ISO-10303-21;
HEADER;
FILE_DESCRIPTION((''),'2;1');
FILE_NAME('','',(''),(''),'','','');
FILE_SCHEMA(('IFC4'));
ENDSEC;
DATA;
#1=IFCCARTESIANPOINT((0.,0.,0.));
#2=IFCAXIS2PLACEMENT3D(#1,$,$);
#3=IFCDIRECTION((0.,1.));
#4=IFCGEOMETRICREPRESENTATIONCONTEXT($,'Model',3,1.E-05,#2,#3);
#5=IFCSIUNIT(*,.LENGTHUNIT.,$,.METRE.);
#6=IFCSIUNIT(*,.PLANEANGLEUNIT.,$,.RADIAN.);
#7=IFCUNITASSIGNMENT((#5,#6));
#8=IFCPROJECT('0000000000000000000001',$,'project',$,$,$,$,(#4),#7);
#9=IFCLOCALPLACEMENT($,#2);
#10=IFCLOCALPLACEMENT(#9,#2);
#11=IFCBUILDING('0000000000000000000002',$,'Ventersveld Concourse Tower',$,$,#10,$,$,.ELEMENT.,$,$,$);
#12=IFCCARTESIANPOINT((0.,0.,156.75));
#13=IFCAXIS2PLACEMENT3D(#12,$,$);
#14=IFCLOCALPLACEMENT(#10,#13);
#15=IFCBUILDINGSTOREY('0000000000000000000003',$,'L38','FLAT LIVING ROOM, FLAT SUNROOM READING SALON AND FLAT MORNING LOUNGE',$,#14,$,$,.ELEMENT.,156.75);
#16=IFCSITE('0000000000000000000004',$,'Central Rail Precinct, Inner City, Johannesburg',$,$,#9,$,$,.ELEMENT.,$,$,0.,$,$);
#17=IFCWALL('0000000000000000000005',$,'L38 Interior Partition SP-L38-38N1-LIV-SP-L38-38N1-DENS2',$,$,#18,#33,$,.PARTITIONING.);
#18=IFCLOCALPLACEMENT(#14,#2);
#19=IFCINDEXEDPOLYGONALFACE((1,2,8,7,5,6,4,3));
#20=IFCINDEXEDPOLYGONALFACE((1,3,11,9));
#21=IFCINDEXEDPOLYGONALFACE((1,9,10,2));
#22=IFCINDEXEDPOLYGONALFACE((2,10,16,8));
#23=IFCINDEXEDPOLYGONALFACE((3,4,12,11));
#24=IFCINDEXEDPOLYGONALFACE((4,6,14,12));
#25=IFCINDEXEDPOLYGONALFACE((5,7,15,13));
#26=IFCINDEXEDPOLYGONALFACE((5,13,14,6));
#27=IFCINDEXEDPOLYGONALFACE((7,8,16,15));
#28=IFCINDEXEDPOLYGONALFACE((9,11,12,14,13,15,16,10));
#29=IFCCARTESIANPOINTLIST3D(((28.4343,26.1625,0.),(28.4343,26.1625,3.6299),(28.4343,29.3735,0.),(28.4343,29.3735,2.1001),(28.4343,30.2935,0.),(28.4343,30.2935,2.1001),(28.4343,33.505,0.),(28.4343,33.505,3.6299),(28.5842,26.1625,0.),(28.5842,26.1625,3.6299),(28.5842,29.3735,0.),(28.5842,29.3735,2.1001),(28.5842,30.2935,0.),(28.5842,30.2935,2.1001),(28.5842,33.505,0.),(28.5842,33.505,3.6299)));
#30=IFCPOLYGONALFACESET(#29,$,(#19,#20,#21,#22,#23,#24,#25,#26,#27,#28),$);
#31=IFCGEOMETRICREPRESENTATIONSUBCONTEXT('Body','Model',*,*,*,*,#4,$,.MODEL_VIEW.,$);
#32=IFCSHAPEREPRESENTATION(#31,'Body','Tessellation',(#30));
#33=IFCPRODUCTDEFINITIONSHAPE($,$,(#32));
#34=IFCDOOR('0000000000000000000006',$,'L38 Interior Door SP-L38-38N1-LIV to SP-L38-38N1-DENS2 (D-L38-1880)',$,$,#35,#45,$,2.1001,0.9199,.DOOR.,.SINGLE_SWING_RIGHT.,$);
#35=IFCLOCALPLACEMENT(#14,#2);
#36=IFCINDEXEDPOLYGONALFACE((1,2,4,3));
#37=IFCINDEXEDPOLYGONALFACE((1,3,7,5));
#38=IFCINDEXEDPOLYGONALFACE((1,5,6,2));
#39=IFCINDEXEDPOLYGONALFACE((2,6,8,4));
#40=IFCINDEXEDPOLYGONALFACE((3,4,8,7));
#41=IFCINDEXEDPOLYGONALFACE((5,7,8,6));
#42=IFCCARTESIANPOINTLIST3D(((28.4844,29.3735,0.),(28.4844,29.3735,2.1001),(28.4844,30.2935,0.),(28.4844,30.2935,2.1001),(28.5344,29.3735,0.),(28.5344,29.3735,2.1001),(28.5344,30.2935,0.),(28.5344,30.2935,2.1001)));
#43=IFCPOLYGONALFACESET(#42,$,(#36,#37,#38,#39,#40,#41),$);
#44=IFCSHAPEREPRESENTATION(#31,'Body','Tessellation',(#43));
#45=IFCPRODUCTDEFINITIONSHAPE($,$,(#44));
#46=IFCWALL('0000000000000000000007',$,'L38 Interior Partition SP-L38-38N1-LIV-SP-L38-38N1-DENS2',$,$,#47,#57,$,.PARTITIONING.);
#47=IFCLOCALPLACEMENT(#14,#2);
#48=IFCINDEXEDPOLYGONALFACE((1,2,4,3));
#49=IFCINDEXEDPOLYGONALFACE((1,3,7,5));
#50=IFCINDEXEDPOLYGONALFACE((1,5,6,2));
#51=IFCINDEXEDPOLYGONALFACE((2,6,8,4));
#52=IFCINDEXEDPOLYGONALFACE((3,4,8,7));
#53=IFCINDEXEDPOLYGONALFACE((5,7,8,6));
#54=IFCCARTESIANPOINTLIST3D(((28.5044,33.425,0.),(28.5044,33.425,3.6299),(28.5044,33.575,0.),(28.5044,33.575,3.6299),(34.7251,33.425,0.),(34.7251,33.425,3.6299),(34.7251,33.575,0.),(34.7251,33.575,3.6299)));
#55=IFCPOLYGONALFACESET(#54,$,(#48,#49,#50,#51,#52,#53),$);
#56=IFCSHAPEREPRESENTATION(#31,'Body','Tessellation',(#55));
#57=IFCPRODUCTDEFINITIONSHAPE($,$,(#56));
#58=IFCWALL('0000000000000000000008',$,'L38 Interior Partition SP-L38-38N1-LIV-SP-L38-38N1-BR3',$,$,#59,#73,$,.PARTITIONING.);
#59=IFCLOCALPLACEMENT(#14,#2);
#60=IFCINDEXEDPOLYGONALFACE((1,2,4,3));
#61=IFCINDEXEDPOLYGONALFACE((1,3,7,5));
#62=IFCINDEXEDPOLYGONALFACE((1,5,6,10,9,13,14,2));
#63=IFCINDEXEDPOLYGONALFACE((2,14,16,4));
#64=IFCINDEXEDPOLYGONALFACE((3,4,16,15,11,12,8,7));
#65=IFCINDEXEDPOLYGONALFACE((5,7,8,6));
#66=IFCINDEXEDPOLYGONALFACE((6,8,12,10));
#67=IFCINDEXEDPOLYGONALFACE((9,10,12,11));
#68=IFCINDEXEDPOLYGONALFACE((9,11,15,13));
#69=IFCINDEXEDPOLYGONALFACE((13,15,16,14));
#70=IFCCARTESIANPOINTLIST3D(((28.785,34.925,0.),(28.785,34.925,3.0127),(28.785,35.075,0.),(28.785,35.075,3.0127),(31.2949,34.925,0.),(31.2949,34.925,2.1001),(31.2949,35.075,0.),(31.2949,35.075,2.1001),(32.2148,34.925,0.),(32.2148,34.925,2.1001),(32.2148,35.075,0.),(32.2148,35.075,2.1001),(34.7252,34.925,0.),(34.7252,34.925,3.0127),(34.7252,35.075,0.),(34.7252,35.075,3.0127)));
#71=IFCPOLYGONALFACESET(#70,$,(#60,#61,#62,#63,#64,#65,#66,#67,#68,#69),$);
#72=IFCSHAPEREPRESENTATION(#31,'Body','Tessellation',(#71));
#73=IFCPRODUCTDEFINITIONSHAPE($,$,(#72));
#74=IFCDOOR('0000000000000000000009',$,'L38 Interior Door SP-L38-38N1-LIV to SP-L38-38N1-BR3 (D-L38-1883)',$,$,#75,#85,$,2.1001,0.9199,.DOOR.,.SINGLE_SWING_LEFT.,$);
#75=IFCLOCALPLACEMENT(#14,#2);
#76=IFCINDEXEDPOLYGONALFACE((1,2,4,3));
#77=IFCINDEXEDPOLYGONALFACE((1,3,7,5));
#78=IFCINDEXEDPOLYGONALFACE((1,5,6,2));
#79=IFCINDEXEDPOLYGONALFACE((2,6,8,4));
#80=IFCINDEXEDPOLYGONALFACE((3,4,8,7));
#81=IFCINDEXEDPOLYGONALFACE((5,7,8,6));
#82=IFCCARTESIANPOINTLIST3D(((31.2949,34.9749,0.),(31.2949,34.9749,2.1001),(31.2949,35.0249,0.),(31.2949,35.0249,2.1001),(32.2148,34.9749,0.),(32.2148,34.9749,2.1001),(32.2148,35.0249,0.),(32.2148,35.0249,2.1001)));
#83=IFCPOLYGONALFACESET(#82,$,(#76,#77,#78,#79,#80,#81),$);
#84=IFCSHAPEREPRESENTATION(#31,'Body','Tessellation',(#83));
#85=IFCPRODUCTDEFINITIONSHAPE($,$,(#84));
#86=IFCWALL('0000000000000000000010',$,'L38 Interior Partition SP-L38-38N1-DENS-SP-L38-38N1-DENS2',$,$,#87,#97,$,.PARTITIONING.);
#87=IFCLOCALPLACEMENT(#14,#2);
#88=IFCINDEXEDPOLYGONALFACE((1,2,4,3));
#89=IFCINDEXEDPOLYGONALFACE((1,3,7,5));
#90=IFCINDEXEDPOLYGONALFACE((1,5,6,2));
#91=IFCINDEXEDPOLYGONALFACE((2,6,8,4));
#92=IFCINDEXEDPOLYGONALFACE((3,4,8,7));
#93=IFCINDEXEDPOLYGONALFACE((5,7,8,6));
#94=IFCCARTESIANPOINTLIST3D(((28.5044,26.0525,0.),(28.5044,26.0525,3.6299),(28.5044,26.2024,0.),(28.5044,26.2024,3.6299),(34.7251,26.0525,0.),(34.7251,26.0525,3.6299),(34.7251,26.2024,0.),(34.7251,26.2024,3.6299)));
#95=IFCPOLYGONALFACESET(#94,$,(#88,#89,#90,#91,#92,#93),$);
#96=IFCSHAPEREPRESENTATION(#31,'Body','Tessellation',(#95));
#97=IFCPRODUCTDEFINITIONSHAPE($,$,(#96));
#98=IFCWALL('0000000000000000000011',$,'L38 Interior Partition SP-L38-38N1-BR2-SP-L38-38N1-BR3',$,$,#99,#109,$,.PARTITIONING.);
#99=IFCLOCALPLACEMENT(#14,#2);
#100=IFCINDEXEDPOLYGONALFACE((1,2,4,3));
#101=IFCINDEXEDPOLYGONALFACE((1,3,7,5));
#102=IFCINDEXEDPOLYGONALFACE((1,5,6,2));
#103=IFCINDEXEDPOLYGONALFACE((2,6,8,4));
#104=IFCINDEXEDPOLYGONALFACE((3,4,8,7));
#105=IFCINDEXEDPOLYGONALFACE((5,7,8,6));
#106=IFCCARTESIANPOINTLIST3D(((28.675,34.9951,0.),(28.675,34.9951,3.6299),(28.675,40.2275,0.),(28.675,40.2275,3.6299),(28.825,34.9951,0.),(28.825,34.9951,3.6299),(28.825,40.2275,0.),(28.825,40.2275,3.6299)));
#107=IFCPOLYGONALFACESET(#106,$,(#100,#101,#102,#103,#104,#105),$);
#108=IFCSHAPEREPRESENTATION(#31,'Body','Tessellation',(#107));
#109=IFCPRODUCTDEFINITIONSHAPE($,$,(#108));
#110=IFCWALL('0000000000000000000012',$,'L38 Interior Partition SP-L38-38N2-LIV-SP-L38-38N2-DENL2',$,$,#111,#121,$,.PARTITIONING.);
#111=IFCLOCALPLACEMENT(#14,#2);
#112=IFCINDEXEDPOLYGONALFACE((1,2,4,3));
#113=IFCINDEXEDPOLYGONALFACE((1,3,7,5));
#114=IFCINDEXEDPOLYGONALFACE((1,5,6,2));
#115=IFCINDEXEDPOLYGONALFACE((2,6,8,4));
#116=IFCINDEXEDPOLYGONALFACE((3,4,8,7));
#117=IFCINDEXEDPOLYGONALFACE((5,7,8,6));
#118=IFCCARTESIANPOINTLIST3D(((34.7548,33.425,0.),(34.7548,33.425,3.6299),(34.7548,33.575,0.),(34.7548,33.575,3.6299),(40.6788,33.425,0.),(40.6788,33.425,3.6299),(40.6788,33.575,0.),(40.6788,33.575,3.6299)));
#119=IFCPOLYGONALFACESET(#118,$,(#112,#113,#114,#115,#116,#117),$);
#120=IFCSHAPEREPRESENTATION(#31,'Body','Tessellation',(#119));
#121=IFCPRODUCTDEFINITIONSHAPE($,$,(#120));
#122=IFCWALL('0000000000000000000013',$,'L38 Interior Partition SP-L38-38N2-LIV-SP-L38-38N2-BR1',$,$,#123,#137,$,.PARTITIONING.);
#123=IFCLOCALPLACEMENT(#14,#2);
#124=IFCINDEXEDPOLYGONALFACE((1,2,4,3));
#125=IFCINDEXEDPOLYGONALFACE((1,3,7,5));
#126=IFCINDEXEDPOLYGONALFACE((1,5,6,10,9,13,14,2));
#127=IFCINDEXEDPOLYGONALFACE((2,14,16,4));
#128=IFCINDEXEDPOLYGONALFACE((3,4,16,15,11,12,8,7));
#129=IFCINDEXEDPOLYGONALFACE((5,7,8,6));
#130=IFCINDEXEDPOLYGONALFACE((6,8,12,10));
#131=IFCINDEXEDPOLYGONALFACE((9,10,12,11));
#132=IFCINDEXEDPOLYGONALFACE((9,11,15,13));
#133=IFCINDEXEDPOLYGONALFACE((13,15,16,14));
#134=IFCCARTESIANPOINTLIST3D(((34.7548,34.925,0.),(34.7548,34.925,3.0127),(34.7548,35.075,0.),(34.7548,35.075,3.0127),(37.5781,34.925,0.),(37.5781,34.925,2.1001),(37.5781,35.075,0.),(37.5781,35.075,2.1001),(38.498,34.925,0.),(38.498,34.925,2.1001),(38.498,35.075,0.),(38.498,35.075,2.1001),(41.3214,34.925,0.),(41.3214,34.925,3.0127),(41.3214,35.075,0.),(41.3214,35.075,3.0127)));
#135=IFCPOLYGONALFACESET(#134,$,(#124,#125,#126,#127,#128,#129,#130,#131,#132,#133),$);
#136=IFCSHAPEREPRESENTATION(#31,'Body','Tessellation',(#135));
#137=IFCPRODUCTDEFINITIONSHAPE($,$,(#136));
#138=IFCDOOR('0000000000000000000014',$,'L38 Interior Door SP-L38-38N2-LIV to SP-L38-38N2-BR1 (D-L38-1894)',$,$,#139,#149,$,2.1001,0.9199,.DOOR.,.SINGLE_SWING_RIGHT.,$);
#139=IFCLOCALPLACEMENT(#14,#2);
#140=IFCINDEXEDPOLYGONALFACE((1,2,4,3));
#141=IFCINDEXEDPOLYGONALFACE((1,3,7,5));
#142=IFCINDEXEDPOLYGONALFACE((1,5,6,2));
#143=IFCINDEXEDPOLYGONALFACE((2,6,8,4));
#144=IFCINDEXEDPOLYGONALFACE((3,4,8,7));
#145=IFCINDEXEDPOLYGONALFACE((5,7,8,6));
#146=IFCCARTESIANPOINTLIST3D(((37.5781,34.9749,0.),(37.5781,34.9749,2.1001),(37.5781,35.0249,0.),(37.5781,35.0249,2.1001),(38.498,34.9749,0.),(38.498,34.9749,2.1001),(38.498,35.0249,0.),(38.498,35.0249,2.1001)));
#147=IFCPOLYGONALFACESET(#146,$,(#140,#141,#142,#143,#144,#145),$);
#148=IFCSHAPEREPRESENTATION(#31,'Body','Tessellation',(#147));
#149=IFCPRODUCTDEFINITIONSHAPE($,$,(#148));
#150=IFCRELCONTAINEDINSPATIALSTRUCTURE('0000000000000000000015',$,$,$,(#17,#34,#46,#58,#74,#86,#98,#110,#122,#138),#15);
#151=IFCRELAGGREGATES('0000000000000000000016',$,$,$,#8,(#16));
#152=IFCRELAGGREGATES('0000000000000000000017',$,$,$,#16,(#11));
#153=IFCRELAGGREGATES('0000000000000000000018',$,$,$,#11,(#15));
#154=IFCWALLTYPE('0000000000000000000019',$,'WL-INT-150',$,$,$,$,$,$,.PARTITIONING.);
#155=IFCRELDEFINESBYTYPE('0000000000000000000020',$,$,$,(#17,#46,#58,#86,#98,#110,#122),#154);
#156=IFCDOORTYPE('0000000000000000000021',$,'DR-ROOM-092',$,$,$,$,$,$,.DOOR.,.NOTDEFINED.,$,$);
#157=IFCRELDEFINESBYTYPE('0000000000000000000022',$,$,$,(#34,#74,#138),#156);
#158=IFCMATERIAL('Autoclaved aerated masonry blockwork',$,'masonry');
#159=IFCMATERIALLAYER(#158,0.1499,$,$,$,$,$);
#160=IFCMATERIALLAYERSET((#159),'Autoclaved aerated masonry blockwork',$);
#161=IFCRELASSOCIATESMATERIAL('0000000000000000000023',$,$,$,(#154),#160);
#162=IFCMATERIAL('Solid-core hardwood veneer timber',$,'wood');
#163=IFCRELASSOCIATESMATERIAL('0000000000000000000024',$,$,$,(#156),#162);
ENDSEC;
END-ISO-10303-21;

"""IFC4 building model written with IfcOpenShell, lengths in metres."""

from ifc_helpers import new_model, si_unit, direction, frame, frame_2d, origin, place, context, subcontext, project, spatial, rectangle, extrude, material, layer, layer_set, type_object, element, fill, save


model = new_model("IFC4")

# Units and contexts
model_context = context("Model", 3, precision=1e-05, world=origin(), true_north=direction((0.0, 1.0)))
body_context = subcontext(model_context, "Body", "Model", "MODEL_VIEW")
ifc_project = project(units=[si_unit("LENGTHUNIT", "METRE"), si_unit("PLANEANGLEUNIT", "RADIAN")], contexts=[model_context])

# Site, building, storey
site_placement = place(None, origin())
site = spatial("IfcSite", under=ifc_project, at=site_placement, Name="Central Rail Precinct, Inner City, Johannesburg", CompositionType="ELEMENT", RefElevation=0.0)
building_placement = place(site_placement, origin())
building = spatial("IfcBuilding", under=site, at=building_placement, Name="Ventersveld Concourse Tower", CompositionType="ELEMENT")
storey_placement = place(building_placement, frame((0.0, 0.0, 156.75)))
storey = spatial("IfcBuildingStorey", under=building, at=storey_placement, Name="L38", Description="FLAT LIVING ROOM, FLAT SUNROOM READING SALON AND FLAT MORNING LOUNGE", CompositionType="ELEMENT", Elevation=156.75)

# Wall, opening, door
ifc_material_1 = material(Name="Autoclaved aerated masonry blockwork", Category="masonry")
ifc_layer_1 = layer(ifc_material_1, 0.1499)
ifc_layer_set_1 = layer_set([ifc_layer_1], Name="Autoclaved aerated masonry blockwork")
wall_type_1 = type_object("IfcWallType", Name="WL-INT-150", PredefinedType="PARTITIONING", material=ifc_layer_set_1)
ifc_material_2 = material(Name="Solid-core hardwood veneer timber", Category="wood")
door_type = type_object("IfcDoorType", Name="DR-ROOM-092", OperationType="NOTDEFINED", PredefinedType="DOOR", material=ifc_material_2)
wall_1_placement = place(storey_placement, frame((28.5093, 26.1624, 0.0), z_axis=(0.0, 0.0, 1.0), x_axis=(0.0, 1.0, 0.0)))
wall_1 = element("IfcWall", 1, at=wall_1_placement, inside=storey, type_object=wall_type_1, Name="L38 Interior Partition SP-L38-38N1-LIV-SP-L38-38N1-DENS2", PredefinedType="PARTITIONING", context=body_context, shape_type="SweptSolid", body=[
    extrude(rectangle(XDim=7.3425, YDim=0.1499, at=frame_2d((3.6714, 0.0))), origin(), (0.0, 0.0, 1.0), 3.6299),
])
opening_1_placement = place(wall_1_placement, frame((3.2112, 0.0, 0.0)))
opening_1 = element("IfcOpeningElement", 2, at=opening_1_placement, cuts=wall_1, PredefinedType="OPENING", context=body_context, shape_type="SweptSolid", body=[
    extrude(rectangle(XDim=0.9199, YDim=2.1001, at=frame_2d((0.46, 1.05))), frame((0.0, 0.085, 0.0), z_axis=(0.0, -1.0, 0.0), x_axis=(1.0, 0.0, 0.0)), (0.0, 0.0, 1.0), 0.1699),
])
door_1_placement = place(opening_1_placement, origin())
door_1 = element("IfcDoor", 3, at=door_1_placement, inside=storey, type_object=door_type, Name="L38 Interior Door SP-L38-38N1-LIV to SP-L38-38N1-DENS2 (D-L38-1880)", OperationType="SINGLE_SWING_RIGHT", OverallHeight=2.1001, OverallWidth=0.9199, PredefinedType="DOOR", context=body_context, shape_type="SweptSolid", body=[
    extrude(rectangle(XDim=0.9199, YDim=2.1001, at=frame_2d((0.46, 1.05))), frame((0.0, 0.0249, 0.0), z_axis=(0.0, -1.0, 0.0), x_axis=(1.0, 0.0, 0.0)), (0.0, 0.0, 1.0), 0.05),
])
fill(opening_1, door_1)

# Wall
wall_2_placement = place(storey_placement, frame((28.5044, 33.5, 0.0), z_axis=(0.0, 0.0, 1.0), x_axis=(1.0, 0.0, 0.0)))
element("IfcWall", 4, at=wall_2_placement, inside=storey, type_object=wall_type_1, Name="L38 Interior Partition SP-L38-38N1-LIV-SP-L38-38N1-DENS2", PredefinedType="PARTITIONING", context=body_context, shape_type="SweptSolid", body=[
    extrude(rectangle(XDim=6.2207, YDim=0.1499, at=frame_2d((3.1104, 0.0))), origin(), (0.0, 0.0, 1.0), 3.6299),
])

# Wall, opening, door
wall_3_placement = place(storey_placement, frame((28.7849, 35.0, 0.0), z_axis=(0.0, 0.0, 1.0), x_axis=(1.0, 0.0, 0.0)))
wall_3 = element("IfcWall", 5, at=wall_3_placement, inside=storey, type_object=wall_type_1, Name="L38 Interior Partition SP-L38-38N1-LIV-SP-L38-38N1-BR3", PredefinedType="PARTITIONING", context=body_context, shape_type="SweptSolid", body=[
    extrude(rectangle(XDim=5.9402, YDim=0.1499, at=frame_2d((2.9702, 0.0))), origin(), (0.0, 0.0, 1.0), 3.0127),
])
opening_2_placement = place(wall_3_placement, frame((2.51, 0.0, 0.0)))
opening_2 = element("IfcOpeningElement", 6, at=opening_2_placement, cuts=wall_3, PredefinedType="OPENING", context=body_context, shape_type="SweptSolid", body=[
    extrude(rectangle(XDim=0.9199, YDim=2.1001, at=frame_2d((0.46, 1.05))), frame((0.0, 0.085, 0.0), z_axis=(0.0, -1.0, 0.0), x_axis=(1.0, 0.0, 0.0)), (0.0, 0.0, 1.0), 0.1699),
])
door_2_placement = place(opening_2_placement, origin())
door_2 = element("IfcDoor", 7, at=door_2_placement, inside=storey, type_object=door_type, Name="L38 Interior Door SP-L38-38N1-LIV to SP-L38-38N1-BR3 (D-L38-1883)", OperationType="SINGLE_SWING_LEFT", OverallHeight=2.1001, OverallWidth=0.9199, PredefinedType="DOOR", context=body_context, shape_type="SweptSolid", body=[
    extrude(rectangle(XDim=0.9199, YDim=2.1001, at=frame_2d((0.46, 1.05))), frame((0.0, 0.0249, 0.0), z_axis=(0.0, -1.0, 0.0), x_axis=(1.0, 0.0, 0.0)), (0.0, 0.0, 1.0), 0.05),
])
fill(opening_2, door_2)

# Walls
wall_4_placement = place(storey_placement, frame((28.5044, 26.1274, 0.0), z_axis=(0.0, 0.0, 1.0), x_axis=(1.0, 0.0, 0.0)))
element("IfcWall", 8, at=wall_4_placement, inside=storey, type_object=wall_type_1, Name="L38 Interior Partition SP-L38-38N1-DENS-SP-L38-38N1-DENS2", PredefinedType="PARTITIONING", context=body_context, shape_type="SweptSolid", body=[
    extrude(rectangle(XDim=6.2207, YDim=0.1499, at=frame_2d((3.1104, 0.0))), origin(), (0.0, 0.0, 1.0), 3.6299),
])
wall_5_placement = place(storey_placement, frame((28.75, 34.9951, 0.0), z_axis=(0.0, 0.0, 1.0), x_axis=(0.0, 1.0, 0.0)))
element("IfcWall", 9, at=wall_5_placement, inside=storey, type_object=wall_type_1, Name="L38 Interior Partition SP-L38-38N1-BR2-SP-L38-38N1-BR3", PredefinedType="PARTITIONING", context=body_context, shape_type="SweptSolid", body=[
    extrude(rectangle(XDim=5.2324, YDim=0.1499, at=frame_2d((2.6162, 0.0))), origin(), (0.0, 0.0, 1.0), 3.6299),
])
wall_6_placement = place(storey_placement, frame((34.7549, 33.5, 0.0), z_axis=(0.0, 0.0, 1.0), x_axis=(1.0, 0.0, 0.0)))
element("IfcWall", 10, at=wall_6_placement, inside=storey, type_object=wall_type_1, Name="L38 Interior Partition SP-L38-38N2-LIV-SP-L38-38N2-DENL2", PredefinedType="PARTITIONING", context=body_context, shape_type="SweptSolid", body=[
    extrude(rectangle(XDim=5.9241, YDim=0.1499, at=frame_2d((2.9619, 0.0))), origin(), (0.0, 0.0, 1.0), 3.6299),
])

# Wall, opening, door
wall_7_placement = place(storey_placement, frame((34.7549, 35.0, 0.0), z_axis=(0.0, 0.0, 1.0), x_axis=(1.0, 0.0, 0.0)))
wall_7 = element("IfcWall", 11, at=wall_7_placement, inside=storey, type_object=wall_type_1, Name="L38 Interior Partition SP-L38-38N2-LIV-SP-L38-38N2-BR1", PredefinedType="PARTITIONING", context=body_context, shape_type="SweptSolid", body=[
    extrude(rectangle(XDim=6.5667, YDim=0.1499, at=frame_2d((3.2832, 0.0))), origin(), (0.0, 0.0, 1.0), 3.0127),
])
opening_3_placement = place(wall_7_placement, frame((2.8232, 0.0, 0.0)))
opening_3 = element("IfcOpeningElement", 12, at=opening_3_placement, cuts=wall_7, PredefinedType="OPENING", context=body_context, shape_type="SweptSolid", body=[
    extrude(rectangle(XDim=0.9199, YDim=2.1001, at=frame_2d((0.46, 1.05))), frame((0.0, 0.085, 0.0), z_axis=(0.0, -1.0, 0.0), x_axis=(1.0, 0.0, 0.0)), (0.0, 0.0, 1.0), 0.1699),
])
door_3_placement = place(opening_3_placement, origin())
door_3 = element("IfcDoor", 13, at=door_3_placement, inside=storey, type_object=door_type, Name="L38 Interior Door SP-L38-38N2-LIV to SP-L38-38N2-BR1 (D-L38-1894)", OperationType="SINGLE_SWING_RIGHT", OverallHeight=2.1001, OverallWidth=0.9199, PredefinedType="DOOR", context=body_context, shape_type="SweptSolid", body=[
    extrude(rectangle(XDim=0.9199, YDim=2.1001, at=frame_2d((0.46, 1.05))), frame((0.0, 0.0249, 0.0), z_axis=(0.0, -1.0, 0.0), x_axis=(1.0, 0.0, 0.0)), (0.0, 0.0, 1.0), 0.05),
])
fill(opening_3, door_3)

save(model, "model.ifc")
